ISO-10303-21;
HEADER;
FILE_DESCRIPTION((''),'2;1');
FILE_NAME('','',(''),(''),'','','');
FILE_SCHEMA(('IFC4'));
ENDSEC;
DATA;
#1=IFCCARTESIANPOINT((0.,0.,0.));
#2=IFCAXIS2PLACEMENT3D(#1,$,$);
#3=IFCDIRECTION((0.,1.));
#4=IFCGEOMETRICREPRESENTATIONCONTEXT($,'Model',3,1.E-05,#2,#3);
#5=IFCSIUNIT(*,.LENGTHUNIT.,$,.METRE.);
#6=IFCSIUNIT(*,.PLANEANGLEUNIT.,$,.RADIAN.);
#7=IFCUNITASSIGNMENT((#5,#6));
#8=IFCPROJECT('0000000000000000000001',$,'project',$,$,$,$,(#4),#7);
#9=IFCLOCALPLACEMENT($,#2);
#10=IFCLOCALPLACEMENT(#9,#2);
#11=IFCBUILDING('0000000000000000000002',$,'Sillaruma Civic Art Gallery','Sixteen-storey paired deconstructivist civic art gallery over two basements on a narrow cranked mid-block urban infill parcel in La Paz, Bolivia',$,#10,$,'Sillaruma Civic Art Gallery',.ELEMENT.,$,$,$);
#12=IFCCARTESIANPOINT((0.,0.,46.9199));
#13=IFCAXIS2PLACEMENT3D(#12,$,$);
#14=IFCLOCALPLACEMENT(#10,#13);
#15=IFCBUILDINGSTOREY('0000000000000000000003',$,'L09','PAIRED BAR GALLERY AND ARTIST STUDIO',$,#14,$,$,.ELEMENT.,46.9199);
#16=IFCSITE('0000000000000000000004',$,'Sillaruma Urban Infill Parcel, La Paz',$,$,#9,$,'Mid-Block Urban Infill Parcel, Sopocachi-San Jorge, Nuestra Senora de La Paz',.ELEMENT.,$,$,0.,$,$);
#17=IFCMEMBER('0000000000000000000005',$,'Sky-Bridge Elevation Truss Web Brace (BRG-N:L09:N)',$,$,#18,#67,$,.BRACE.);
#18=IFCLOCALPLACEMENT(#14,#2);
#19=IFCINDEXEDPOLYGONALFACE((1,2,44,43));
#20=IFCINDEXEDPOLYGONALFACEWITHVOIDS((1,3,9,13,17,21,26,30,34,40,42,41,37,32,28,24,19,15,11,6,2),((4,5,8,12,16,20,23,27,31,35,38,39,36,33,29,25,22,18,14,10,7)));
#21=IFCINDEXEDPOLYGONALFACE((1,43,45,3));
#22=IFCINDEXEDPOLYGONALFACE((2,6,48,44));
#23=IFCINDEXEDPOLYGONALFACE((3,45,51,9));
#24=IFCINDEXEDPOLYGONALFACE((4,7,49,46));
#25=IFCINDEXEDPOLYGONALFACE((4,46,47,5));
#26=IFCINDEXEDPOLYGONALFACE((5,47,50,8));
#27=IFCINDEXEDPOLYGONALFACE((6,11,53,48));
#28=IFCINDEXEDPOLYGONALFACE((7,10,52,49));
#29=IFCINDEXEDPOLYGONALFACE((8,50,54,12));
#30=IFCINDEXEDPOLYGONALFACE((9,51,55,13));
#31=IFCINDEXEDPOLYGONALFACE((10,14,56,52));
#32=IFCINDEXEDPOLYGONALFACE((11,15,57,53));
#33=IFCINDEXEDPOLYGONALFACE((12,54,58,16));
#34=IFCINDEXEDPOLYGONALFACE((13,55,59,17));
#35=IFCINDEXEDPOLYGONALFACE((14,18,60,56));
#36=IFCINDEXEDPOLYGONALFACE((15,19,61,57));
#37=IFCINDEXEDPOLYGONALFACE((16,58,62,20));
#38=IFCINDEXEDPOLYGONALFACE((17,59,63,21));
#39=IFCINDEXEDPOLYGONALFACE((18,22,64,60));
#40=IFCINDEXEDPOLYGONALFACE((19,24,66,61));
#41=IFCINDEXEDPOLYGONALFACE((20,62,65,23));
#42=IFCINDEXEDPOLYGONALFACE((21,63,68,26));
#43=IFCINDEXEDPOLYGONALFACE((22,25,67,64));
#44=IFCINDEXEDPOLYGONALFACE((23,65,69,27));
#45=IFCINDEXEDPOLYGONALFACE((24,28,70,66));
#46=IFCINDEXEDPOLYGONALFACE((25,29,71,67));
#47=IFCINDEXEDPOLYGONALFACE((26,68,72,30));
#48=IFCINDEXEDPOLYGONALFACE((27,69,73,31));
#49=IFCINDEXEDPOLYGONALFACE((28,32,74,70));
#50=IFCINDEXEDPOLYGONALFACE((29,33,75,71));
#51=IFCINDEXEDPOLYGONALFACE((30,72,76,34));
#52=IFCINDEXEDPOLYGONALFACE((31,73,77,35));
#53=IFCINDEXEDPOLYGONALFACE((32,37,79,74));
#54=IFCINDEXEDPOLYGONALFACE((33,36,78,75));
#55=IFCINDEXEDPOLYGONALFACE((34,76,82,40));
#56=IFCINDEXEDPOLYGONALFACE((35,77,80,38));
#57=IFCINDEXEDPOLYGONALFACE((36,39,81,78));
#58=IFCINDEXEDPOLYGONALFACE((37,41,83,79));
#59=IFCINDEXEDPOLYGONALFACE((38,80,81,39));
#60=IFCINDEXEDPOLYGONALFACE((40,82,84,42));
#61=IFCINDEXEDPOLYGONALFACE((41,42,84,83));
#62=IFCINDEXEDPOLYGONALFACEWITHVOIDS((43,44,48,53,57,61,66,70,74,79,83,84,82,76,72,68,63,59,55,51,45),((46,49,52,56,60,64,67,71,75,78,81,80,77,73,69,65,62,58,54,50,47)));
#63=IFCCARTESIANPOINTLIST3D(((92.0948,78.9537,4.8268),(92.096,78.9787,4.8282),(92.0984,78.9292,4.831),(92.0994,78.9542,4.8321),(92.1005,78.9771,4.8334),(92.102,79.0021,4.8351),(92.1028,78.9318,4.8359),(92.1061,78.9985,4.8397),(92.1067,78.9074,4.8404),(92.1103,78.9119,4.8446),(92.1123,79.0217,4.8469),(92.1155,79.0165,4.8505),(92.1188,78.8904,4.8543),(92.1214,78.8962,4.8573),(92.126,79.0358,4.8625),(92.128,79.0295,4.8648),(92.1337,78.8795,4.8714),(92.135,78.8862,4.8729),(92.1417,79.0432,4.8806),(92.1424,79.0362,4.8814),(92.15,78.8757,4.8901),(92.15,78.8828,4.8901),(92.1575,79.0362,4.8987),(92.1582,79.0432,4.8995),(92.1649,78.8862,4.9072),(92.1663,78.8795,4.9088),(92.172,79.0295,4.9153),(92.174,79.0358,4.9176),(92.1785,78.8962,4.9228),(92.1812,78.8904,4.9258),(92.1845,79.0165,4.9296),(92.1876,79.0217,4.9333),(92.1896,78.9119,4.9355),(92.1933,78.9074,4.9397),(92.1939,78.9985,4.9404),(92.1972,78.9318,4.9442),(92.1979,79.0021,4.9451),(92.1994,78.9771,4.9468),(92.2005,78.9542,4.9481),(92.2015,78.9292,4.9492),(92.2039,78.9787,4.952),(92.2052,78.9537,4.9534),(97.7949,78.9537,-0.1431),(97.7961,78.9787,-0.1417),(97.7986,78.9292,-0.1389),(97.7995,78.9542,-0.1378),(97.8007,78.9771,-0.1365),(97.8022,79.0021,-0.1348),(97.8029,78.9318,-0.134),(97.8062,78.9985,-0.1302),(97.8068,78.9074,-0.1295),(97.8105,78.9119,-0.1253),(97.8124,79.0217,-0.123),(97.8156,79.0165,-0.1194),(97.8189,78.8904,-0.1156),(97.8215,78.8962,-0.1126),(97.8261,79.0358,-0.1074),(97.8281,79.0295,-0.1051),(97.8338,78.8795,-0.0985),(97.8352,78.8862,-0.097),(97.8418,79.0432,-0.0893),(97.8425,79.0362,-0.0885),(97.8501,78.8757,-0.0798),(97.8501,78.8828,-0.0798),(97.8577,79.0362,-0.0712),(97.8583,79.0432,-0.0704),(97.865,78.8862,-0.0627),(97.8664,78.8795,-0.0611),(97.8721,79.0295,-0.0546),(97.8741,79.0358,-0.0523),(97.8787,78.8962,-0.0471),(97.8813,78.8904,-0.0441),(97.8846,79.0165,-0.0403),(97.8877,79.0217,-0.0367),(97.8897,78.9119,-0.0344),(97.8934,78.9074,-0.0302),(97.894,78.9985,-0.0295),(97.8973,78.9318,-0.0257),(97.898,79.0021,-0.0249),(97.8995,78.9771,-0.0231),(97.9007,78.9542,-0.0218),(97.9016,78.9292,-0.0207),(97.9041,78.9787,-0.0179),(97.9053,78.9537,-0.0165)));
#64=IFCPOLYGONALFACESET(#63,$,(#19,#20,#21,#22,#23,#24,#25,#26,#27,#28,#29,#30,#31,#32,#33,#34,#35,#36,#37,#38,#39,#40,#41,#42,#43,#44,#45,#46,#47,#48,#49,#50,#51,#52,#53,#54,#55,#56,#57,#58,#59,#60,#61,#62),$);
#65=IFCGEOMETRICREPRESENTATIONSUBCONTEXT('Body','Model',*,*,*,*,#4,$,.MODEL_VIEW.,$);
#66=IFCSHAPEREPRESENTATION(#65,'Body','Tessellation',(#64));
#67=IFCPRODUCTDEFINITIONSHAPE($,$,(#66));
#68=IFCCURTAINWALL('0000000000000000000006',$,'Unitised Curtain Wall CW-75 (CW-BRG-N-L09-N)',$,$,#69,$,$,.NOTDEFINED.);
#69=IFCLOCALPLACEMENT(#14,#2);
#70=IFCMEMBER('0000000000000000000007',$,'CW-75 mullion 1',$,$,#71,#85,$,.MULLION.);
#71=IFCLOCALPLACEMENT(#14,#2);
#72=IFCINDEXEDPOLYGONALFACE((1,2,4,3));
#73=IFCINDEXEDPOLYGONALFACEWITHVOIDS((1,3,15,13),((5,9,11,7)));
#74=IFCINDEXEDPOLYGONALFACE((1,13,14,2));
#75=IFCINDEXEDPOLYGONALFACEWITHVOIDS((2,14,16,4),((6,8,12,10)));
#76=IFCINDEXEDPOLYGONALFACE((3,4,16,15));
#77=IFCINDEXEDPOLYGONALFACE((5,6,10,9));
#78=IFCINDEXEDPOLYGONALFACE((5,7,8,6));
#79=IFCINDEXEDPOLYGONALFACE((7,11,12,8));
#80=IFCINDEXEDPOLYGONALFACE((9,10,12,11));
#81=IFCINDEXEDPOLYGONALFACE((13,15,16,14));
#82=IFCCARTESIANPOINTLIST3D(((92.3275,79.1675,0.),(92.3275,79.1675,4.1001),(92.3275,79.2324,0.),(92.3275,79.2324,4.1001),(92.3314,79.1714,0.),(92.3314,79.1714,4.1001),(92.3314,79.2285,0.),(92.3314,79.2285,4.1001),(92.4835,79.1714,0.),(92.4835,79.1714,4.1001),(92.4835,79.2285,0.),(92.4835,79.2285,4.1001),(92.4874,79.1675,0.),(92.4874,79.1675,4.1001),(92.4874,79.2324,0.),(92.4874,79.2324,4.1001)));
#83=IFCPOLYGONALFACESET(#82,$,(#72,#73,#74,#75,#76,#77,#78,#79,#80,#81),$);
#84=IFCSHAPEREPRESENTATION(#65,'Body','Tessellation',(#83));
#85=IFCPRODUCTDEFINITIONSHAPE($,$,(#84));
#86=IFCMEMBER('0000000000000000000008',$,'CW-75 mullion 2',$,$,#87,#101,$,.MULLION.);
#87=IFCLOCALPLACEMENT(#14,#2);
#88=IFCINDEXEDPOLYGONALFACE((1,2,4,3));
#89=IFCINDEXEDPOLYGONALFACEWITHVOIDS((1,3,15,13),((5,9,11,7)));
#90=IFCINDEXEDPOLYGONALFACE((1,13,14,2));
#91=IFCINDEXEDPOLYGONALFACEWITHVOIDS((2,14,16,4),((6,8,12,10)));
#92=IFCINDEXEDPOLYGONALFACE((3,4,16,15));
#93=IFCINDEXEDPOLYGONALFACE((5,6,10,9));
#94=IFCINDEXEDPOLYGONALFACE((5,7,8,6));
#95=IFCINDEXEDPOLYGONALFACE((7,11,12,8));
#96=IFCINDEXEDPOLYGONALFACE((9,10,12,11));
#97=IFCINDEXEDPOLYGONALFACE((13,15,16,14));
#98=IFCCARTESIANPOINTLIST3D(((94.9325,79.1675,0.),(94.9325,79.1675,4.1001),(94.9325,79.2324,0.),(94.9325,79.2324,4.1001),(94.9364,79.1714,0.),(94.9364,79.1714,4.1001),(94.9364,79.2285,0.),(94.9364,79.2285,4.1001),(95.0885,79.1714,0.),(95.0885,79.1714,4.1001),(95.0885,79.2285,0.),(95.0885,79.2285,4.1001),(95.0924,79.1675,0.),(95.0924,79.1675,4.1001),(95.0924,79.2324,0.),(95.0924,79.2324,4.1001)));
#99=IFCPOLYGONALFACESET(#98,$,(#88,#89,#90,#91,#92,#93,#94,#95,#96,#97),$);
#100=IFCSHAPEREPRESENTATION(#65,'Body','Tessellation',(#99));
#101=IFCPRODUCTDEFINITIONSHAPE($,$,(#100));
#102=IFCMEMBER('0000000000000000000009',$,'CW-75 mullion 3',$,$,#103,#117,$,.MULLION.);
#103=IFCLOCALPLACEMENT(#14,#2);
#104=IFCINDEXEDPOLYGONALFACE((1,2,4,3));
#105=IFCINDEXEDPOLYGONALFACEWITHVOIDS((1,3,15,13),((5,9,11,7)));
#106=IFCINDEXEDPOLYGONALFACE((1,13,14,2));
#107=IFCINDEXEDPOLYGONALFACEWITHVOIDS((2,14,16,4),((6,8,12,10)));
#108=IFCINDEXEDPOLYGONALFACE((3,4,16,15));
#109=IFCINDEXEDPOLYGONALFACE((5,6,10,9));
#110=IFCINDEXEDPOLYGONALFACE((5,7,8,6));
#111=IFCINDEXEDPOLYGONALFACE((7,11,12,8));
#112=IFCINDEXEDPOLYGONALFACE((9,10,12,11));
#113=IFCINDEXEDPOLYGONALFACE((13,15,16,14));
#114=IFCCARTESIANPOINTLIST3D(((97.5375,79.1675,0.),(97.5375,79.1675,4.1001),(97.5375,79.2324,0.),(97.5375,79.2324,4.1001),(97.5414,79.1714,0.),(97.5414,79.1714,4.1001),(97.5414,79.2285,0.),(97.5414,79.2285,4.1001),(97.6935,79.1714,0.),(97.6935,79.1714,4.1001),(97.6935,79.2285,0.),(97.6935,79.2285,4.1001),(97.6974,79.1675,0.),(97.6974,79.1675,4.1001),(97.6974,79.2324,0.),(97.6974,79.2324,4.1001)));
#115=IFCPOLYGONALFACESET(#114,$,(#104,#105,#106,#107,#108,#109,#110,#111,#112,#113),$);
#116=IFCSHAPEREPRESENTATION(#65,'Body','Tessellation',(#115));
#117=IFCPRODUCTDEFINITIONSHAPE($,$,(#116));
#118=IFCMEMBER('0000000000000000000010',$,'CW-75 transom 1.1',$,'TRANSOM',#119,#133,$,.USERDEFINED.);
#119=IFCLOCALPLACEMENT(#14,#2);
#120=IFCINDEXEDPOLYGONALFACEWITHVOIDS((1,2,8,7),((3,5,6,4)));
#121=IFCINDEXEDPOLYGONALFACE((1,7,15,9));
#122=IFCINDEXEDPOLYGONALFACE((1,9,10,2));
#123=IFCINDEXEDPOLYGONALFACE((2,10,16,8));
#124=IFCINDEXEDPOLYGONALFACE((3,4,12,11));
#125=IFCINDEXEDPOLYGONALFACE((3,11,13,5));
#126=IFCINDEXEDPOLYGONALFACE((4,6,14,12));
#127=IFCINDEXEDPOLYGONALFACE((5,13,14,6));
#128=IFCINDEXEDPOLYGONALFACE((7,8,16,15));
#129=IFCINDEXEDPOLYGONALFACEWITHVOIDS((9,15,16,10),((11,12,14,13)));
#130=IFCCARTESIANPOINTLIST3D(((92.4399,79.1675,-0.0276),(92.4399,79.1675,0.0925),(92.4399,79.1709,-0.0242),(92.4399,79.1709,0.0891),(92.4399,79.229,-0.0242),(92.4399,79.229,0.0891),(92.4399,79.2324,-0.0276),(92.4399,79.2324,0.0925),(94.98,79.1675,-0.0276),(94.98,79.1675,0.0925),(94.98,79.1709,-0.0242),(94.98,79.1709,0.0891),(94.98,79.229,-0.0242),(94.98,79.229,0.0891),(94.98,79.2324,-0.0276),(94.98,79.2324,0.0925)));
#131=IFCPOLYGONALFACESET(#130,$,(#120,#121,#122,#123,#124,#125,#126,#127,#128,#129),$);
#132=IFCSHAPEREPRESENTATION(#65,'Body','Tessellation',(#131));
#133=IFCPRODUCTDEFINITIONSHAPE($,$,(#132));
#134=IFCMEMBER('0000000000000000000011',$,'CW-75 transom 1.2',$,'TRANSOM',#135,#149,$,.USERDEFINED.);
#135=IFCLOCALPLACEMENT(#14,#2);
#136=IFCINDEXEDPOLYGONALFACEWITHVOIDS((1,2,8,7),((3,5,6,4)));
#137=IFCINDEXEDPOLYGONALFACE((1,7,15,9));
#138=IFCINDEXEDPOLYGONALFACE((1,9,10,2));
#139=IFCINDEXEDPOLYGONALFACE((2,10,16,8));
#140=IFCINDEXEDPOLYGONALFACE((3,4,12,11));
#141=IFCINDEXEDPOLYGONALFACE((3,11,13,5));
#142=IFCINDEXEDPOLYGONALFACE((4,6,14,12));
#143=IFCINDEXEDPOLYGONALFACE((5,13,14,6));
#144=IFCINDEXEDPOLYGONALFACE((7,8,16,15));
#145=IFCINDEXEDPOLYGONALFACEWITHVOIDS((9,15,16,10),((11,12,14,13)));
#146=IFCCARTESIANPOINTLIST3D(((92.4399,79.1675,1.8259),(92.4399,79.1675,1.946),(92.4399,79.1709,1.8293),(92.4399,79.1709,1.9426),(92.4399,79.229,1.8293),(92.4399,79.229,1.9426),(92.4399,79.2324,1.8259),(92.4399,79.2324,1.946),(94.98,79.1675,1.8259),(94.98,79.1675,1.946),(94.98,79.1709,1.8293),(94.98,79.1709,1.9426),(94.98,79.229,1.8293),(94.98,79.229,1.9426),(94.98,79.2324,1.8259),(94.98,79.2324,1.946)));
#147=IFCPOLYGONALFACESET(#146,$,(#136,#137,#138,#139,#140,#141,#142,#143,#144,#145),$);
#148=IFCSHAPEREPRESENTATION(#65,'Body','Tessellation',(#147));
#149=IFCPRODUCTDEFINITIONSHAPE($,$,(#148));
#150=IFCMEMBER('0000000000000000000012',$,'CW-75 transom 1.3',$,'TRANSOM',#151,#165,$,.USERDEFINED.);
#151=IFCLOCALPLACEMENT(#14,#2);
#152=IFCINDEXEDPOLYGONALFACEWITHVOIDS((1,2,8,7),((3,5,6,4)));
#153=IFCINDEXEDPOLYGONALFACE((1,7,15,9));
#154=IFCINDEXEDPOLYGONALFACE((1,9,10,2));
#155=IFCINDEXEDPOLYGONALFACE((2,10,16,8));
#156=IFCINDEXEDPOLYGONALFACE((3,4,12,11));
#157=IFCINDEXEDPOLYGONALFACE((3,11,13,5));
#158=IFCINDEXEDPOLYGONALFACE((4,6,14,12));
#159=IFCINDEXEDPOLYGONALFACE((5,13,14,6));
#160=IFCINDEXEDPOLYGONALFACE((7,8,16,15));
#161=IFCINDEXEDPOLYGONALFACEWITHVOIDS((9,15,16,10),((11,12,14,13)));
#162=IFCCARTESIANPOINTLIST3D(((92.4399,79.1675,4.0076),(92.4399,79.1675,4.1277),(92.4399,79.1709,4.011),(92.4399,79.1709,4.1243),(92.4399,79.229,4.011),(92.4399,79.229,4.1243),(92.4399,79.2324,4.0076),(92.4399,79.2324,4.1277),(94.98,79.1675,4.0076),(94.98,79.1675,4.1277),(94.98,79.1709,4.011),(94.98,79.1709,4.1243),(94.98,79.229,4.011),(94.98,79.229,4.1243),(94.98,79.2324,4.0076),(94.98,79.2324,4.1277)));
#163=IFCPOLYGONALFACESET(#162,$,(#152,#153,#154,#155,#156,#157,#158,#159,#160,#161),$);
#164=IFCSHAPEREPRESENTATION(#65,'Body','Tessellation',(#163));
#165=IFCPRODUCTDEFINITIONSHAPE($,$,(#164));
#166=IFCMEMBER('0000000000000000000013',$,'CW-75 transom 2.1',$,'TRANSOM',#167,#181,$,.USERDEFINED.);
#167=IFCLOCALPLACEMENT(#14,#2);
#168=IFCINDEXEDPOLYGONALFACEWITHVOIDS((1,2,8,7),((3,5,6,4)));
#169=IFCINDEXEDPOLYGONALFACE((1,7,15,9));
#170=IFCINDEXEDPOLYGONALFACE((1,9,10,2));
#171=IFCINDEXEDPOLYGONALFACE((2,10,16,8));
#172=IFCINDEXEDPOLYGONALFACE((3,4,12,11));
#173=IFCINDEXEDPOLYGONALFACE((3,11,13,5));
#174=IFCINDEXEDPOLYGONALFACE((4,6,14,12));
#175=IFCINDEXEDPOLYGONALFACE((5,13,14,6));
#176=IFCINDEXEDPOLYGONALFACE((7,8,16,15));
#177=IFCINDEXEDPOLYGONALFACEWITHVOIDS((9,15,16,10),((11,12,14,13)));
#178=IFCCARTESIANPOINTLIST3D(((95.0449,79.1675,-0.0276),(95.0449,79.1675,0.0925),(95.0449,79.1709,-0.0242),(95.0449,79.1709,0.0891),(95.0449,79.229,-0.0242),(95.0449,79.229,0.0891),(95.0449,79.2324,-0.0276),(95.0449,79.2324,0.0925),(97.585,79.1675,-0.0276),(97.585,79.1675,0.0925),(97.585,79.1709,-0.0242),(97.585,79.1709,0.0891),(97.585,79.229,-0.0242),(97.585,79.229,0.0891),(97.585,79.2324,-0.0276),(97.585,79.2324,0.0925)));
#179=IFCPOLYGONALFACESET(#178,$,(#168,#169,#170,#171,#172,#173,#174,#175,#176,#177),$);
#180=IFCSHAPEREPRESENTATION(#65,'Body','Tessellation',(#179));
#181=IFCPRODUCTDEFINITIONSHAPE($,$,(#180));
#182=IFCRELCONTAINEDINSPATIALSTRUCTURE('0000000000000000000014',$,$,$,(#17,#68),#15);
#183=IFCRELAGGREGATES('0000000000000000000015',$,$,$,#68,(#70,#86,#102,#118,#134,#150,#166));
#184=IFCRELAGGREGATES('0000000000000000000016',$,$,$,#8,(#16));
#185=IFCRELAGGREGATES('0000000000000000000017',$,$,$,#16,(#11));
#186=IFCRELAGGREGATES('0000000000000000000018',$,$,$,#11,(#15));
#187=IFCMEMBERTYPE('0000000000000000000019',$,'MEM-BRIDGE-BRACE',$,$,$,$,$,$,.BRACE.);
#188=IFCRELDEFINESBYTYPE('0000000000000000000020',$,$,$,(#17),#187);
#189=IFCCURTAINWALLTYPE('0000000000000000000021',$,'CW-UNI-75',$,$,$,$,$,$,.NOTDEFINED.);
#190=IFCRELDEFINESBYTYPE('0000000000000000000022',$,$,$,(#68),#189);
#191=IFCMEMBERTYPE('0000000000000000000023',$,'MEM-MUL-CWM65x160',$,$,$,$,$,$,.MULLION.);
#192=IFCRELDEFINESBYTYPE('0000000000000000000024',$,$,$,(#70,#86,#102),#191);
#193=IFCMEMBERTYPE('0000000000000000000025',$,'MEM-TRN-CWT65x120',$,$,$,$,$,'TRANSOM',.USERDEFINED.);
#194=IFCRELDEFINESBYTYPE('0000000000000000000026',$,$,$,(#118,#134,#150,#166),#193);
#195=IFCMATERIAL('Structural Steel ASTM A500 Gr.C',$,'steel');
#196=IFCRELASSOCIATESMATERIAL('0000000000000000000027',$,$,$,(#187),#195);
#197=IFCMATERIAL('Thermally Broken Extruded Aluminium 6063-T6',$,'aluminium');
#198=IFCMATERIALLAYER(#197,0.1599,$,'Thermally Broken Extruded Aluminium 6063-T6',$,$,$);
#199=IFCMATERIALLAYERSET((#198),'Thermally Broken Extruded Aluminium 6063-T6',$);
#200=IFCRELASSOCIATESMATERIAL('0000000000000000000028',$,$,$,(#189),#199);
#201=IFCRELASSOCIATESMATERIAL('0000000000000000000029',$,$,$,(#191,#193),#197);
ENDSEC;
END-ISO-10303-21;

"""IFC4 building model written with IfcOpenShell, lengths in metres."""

from ifc_helpers import new_model, si_unit, direction, frame, origin, origin_2d, place, context, subcontext, project, spatial, hollow_rectangle, hollow_circle, extrude, material, layer, layer_set, material_profile, profile_set, type_object, element, aggregate, save


model = new_model("IFC4")

# Units and contexts
model_context = context("Model", 3, precision=1e-05, world=origin(), true_north=direction((0.0, 1.0)))
body_context = subcontext(model_context, "Body", "Model", "MODEL_VIEW")
ifc_project = project(units=[si_unit("LENGTHUNIT", "METRE"), si_unit("PLANEANGLEUNIT", "RADIAN")], contexts=[model_context])

# Site, building, storey
site_placement = place(None, origin())
site = spatial("IfcSite", under=ifc_project, at=site_placement, Name="Sillaruma Urban Infill Parcel, La Paz", LongName="Mid-Block Urban Infill Parcel, Sopocachi-San Jorge, Nuestra Senora de La Paz", CompositionType="ELEMENT", RefElevation=0.0)
building_placement = place(site_placement, origin())
building = spatial("IfcBuilding", under=site, at=building_placement, Name="Sillaruma Civic Art Gallery", Description="Sixteen-storey paired deconstructivist civic art gallery over two basements on a narrow cranked mid-block urban infill parcel in La Paz, Bolivia", LongName="Sillaruma Civic Art Gallery", CompositionType="ELEMENT")
storey_placement = place(building_placement, frame((0.0, 0.0, 46.9199)))
storey = spatial("IfcBuildingStorey", under=building, at=storey_placement, Name="L09", Description="PAIRED BAR GALLERY AND ARTIST STUDIO", CompositionType="ELEMENT", Elevation=46.9199)

# Member
ifc_material_1 = material(Name="Structural Steel ASTM A500 Gr.C", Category="steel")
ifc_material_profile_1 = material_profile(ifc_material_1, hollow_circle(Radius=0.0842, WallThickness=0.0071, at=origin_2d()), Name="CHS168.3x7.1")
ifc_profile_set_1 = profile_set([ifc_material_profile_1], Name="Structural Steel ASTM A500 Gr.C")
member_type_1 = type_object("IfcMemberType", Name="MEM-BRIDGE-BRACE", PredefinedType="BRACE", material=ifc_profile_set_1)
for number, where, z_axis, x_axis, name in (
    (1, (97.8501, 78.96, -0.0798), (-0.753735, 0.0, 0.657178), (0.0, -1.0, 0.0), "Sky-Bridge Elevation Truss Web Brace (BRG-N:L09:N)"),
):
    element("IfcMember", number, at=place(storey_placement, frame(where, z_axis=z_axis, x_axis=x_axis)), inside=storey, type_object=member_type_1, Name=name, PredefinedType="BRACE", context=body_context, shape_type="SweptSolid", body=[
        extrude(hollow_circle(Radius=0.0842, WallThickness=0.0071, at=origin_2d()), origin(), (0.0, 0.0, 1.0), 7.5625),
    ])

# Curtain wall, members
ifc_material_2 = material(Name="Thermally Broken Extruded Aluminium 6063-T6", Category="aluminium")
ifc_layer_1 = layer(ifc_material_2, 0.1599, Name="Thermally Broken Extruded Aluminium 6063-T6")
ifc_layer_set_1 = layer_set([ifc_layer_1], Name="Thermally Broken Extruded Aluminium 6063-T6")
curtain_wall_type = type_object("IfcCurtainWallType", Name="CW-UNI-75", PredefinedType="NOTDEFINED", material=ifc_layer_set_1)
curtain_wall_placement = place(storey_placement, origin())
curtain_wall = element("IfcCurtainWall", 2, at=curtain_wall_placement, inside=storey, type_object=curtain_wall_type, Name="Unitised Curtain Wall CW-75 (CW-BRG-N-L09-N)", PredefinedType="NOTDEFINED")
ifc_material_profile_2 = material_profile(ifc_material_2, hollow_rectangle(XDim=0.0649, YDim=0.1599, WallThickness=0.0039, at=origin_2d()), Name="CWM65x160")
ifc_profile_set_2 = profile_set([ifc_material_profile_2], Name="Thermally Broken Extruded Aluminium 6063-T6")
member_type_2 = type_object("IfcMemberType", Name="MEM-MUL-CWM65x160", PredefinedType="MULLION", material=ifc_profile_set_2)
member_1_placement = place(storey_placement, frame((92.4075, 79.2, 0.0), z_axis=(0.0, 0.0, 1.0), x_axis=(0.0, 1.0, 0.0)))
member_1 = element("IfcMember", 3, at=member_1_placement, type_object=member_type_2, Name="CW-75 mullion 1", PredefinedType="MULLION", context=body_context, shape_type="SweptSolid", body=[
    extrude(hollow_rectangle(XDim=0.0649, YDim=0.1599, WallThickness=0.0039, at=origin_2d()), origin(), (0.0, 0.0, 1.0), 4.1001),
])
member_2_placement = place(storey_placement, frame((95.0125, 79.2, 0.0), z_axis=(0.0, 0.0, 1.0), x_axis=(0.0, 1.0, 0.0)))
member_2 = element("IfcMember", 4, at=member_2_placement, type_object=member_type_2, Name="CW-75 mullion 2", PredefinedType="MULLION", context=body_context, shape_type="SweptSolid", body=[
    extrude(hollow_rectangle(XDim=0.0649, YDim=0.1599, WallThickness=0.0039, at=origin_2d()), origin(), (0.0, 0.0, 1.0), 4.1001),
])
member_3_placement = place(storey_placement, frame((97.6174, 79.2, 0.0), z_axis=(0.0, 0.0, 1.0), x_axis=(0.0, 1.0, 0.0)))
member_3 = element("IfcMember", 5, at=member_3_placement, type_object=member_type_2, Name="CW-75 mullion 3", PredefinedType="MULLION", context=body_context, shape_type="SweptSolid", body=[
    extrude(hollow_rectangle(XDim=0.0649, YDim=0.1599, WallThickness=0.0039, at=origin_2d()), origin(), (0.0, 0.0, 1.0), 4.1001),
])
ifc_material_profile_3 = material_profile(ifc_material_2, hollow_rectangle(XDim=0.0649, YDim=0.1201, WallThickness=0.0034, at=origin_2d()), Name="CWT65x120")
ifc_profile_set_3 = profile_set([ifc_material_profile_3], Name="Thermally Broken Extruded Aluminium 6063-T6")
member_type_3 = type_object("IfcMemberType", Name="MEM-TRN-CWT65x120", ElementType="TRANSOM", PredefinedType="USERDEFINED", material=ifc_profile_set_3)
member_4_placement = place(storey_placement, frame((92.4399, 79.2, 0.0325), z_axis=(1.0, 0.0, 0.0), x_axis=(0.0, 1.0, 0.0)))
member_4 = element("IfcMember", 6, at=member_4_placement, type_object=member_type_3, Name="CW-75 transom 1.1", ObjectType="TRANSOM", PredefinedType="USERDEFINED", context=body_context, shape_type="SweptSolid", body=[
    extrude(hollow_rectangle(XDim=0.0649, YDim=0.1201, WallThickness=0.0034, at=origin_2d()), origin(), (0.0, 0.0, 1.0), 2.54),
])
member_5_placement = place(storey_placement, frame((92.4399, 79.2, 1.886), z_axis=(1.0, 0.0, 0.0), x_axis=(0.0, 1.0, 0.0)))
member_5 = element("IfcMember", 7, at=member_5_placement, type_object=member_type_3, Name="CW-75 transom 1.2", ObjectType="TRANSOM", PredefinedType="USERDEFINED", context=body_context, shape_type="SweptSolid", body=[
    extrude(hollow_rectangle(XDim=0.0649, YDim=0.1201, WallThickness=0.0034, at=origin_2d()), origin(), (0.0, 0.0, 1.0), 2.54),
])
member_6_placement = place(storey_placement, frame((92.4399, 79.2, 4.0676), z_axis=(1.0, 0.0, 0.0), x_axis=(0.0, 1.0, 0.0)))
member_6 = element("IfcMember", 8, at=member_6_placement, type_object=member_type_3, Name="CW-75 transom 1.3", ObjectType="TRANSOM", PredefinedType="USERDEFINED", context=body_context, shape_type="SweptSolid", body=[
    extrude(hollow_rectangle(XDim=0.0649, YDim=0.1201, WallThickness=0.0034, at=origin_2d()), origin(), (0.0, 0.0, 1.0), 2.54),
])
member_7_placement = place(storey_placement, frame((95.0449, 79.2, 0.0325), z_axis=(1.0, 0.0, 0.0), x_axis=(0.0, 1.0, 0.0)))
member_7 = element("IfcMember", 9, at=member_7_placement, type_object=member_type_3, Name="CW-75 transom 2.1", ObjectType="TRANSOM", PredefinedType="USERDEFINED", context=body_context, shape_type="SweptSolid", body=[
    extrude(hollow_rectangle(XDim=0.0649, YDim=0.1201, WallThickness=0.0034, at=origin_2d()), origin(), (0.0, 0.0, 1.0), 2.54),
])

aggregate(curtain_wall, [member_1, member_2, member_3, member_4, member_5, member_6, member_7])

save(model, "model.ifc")
